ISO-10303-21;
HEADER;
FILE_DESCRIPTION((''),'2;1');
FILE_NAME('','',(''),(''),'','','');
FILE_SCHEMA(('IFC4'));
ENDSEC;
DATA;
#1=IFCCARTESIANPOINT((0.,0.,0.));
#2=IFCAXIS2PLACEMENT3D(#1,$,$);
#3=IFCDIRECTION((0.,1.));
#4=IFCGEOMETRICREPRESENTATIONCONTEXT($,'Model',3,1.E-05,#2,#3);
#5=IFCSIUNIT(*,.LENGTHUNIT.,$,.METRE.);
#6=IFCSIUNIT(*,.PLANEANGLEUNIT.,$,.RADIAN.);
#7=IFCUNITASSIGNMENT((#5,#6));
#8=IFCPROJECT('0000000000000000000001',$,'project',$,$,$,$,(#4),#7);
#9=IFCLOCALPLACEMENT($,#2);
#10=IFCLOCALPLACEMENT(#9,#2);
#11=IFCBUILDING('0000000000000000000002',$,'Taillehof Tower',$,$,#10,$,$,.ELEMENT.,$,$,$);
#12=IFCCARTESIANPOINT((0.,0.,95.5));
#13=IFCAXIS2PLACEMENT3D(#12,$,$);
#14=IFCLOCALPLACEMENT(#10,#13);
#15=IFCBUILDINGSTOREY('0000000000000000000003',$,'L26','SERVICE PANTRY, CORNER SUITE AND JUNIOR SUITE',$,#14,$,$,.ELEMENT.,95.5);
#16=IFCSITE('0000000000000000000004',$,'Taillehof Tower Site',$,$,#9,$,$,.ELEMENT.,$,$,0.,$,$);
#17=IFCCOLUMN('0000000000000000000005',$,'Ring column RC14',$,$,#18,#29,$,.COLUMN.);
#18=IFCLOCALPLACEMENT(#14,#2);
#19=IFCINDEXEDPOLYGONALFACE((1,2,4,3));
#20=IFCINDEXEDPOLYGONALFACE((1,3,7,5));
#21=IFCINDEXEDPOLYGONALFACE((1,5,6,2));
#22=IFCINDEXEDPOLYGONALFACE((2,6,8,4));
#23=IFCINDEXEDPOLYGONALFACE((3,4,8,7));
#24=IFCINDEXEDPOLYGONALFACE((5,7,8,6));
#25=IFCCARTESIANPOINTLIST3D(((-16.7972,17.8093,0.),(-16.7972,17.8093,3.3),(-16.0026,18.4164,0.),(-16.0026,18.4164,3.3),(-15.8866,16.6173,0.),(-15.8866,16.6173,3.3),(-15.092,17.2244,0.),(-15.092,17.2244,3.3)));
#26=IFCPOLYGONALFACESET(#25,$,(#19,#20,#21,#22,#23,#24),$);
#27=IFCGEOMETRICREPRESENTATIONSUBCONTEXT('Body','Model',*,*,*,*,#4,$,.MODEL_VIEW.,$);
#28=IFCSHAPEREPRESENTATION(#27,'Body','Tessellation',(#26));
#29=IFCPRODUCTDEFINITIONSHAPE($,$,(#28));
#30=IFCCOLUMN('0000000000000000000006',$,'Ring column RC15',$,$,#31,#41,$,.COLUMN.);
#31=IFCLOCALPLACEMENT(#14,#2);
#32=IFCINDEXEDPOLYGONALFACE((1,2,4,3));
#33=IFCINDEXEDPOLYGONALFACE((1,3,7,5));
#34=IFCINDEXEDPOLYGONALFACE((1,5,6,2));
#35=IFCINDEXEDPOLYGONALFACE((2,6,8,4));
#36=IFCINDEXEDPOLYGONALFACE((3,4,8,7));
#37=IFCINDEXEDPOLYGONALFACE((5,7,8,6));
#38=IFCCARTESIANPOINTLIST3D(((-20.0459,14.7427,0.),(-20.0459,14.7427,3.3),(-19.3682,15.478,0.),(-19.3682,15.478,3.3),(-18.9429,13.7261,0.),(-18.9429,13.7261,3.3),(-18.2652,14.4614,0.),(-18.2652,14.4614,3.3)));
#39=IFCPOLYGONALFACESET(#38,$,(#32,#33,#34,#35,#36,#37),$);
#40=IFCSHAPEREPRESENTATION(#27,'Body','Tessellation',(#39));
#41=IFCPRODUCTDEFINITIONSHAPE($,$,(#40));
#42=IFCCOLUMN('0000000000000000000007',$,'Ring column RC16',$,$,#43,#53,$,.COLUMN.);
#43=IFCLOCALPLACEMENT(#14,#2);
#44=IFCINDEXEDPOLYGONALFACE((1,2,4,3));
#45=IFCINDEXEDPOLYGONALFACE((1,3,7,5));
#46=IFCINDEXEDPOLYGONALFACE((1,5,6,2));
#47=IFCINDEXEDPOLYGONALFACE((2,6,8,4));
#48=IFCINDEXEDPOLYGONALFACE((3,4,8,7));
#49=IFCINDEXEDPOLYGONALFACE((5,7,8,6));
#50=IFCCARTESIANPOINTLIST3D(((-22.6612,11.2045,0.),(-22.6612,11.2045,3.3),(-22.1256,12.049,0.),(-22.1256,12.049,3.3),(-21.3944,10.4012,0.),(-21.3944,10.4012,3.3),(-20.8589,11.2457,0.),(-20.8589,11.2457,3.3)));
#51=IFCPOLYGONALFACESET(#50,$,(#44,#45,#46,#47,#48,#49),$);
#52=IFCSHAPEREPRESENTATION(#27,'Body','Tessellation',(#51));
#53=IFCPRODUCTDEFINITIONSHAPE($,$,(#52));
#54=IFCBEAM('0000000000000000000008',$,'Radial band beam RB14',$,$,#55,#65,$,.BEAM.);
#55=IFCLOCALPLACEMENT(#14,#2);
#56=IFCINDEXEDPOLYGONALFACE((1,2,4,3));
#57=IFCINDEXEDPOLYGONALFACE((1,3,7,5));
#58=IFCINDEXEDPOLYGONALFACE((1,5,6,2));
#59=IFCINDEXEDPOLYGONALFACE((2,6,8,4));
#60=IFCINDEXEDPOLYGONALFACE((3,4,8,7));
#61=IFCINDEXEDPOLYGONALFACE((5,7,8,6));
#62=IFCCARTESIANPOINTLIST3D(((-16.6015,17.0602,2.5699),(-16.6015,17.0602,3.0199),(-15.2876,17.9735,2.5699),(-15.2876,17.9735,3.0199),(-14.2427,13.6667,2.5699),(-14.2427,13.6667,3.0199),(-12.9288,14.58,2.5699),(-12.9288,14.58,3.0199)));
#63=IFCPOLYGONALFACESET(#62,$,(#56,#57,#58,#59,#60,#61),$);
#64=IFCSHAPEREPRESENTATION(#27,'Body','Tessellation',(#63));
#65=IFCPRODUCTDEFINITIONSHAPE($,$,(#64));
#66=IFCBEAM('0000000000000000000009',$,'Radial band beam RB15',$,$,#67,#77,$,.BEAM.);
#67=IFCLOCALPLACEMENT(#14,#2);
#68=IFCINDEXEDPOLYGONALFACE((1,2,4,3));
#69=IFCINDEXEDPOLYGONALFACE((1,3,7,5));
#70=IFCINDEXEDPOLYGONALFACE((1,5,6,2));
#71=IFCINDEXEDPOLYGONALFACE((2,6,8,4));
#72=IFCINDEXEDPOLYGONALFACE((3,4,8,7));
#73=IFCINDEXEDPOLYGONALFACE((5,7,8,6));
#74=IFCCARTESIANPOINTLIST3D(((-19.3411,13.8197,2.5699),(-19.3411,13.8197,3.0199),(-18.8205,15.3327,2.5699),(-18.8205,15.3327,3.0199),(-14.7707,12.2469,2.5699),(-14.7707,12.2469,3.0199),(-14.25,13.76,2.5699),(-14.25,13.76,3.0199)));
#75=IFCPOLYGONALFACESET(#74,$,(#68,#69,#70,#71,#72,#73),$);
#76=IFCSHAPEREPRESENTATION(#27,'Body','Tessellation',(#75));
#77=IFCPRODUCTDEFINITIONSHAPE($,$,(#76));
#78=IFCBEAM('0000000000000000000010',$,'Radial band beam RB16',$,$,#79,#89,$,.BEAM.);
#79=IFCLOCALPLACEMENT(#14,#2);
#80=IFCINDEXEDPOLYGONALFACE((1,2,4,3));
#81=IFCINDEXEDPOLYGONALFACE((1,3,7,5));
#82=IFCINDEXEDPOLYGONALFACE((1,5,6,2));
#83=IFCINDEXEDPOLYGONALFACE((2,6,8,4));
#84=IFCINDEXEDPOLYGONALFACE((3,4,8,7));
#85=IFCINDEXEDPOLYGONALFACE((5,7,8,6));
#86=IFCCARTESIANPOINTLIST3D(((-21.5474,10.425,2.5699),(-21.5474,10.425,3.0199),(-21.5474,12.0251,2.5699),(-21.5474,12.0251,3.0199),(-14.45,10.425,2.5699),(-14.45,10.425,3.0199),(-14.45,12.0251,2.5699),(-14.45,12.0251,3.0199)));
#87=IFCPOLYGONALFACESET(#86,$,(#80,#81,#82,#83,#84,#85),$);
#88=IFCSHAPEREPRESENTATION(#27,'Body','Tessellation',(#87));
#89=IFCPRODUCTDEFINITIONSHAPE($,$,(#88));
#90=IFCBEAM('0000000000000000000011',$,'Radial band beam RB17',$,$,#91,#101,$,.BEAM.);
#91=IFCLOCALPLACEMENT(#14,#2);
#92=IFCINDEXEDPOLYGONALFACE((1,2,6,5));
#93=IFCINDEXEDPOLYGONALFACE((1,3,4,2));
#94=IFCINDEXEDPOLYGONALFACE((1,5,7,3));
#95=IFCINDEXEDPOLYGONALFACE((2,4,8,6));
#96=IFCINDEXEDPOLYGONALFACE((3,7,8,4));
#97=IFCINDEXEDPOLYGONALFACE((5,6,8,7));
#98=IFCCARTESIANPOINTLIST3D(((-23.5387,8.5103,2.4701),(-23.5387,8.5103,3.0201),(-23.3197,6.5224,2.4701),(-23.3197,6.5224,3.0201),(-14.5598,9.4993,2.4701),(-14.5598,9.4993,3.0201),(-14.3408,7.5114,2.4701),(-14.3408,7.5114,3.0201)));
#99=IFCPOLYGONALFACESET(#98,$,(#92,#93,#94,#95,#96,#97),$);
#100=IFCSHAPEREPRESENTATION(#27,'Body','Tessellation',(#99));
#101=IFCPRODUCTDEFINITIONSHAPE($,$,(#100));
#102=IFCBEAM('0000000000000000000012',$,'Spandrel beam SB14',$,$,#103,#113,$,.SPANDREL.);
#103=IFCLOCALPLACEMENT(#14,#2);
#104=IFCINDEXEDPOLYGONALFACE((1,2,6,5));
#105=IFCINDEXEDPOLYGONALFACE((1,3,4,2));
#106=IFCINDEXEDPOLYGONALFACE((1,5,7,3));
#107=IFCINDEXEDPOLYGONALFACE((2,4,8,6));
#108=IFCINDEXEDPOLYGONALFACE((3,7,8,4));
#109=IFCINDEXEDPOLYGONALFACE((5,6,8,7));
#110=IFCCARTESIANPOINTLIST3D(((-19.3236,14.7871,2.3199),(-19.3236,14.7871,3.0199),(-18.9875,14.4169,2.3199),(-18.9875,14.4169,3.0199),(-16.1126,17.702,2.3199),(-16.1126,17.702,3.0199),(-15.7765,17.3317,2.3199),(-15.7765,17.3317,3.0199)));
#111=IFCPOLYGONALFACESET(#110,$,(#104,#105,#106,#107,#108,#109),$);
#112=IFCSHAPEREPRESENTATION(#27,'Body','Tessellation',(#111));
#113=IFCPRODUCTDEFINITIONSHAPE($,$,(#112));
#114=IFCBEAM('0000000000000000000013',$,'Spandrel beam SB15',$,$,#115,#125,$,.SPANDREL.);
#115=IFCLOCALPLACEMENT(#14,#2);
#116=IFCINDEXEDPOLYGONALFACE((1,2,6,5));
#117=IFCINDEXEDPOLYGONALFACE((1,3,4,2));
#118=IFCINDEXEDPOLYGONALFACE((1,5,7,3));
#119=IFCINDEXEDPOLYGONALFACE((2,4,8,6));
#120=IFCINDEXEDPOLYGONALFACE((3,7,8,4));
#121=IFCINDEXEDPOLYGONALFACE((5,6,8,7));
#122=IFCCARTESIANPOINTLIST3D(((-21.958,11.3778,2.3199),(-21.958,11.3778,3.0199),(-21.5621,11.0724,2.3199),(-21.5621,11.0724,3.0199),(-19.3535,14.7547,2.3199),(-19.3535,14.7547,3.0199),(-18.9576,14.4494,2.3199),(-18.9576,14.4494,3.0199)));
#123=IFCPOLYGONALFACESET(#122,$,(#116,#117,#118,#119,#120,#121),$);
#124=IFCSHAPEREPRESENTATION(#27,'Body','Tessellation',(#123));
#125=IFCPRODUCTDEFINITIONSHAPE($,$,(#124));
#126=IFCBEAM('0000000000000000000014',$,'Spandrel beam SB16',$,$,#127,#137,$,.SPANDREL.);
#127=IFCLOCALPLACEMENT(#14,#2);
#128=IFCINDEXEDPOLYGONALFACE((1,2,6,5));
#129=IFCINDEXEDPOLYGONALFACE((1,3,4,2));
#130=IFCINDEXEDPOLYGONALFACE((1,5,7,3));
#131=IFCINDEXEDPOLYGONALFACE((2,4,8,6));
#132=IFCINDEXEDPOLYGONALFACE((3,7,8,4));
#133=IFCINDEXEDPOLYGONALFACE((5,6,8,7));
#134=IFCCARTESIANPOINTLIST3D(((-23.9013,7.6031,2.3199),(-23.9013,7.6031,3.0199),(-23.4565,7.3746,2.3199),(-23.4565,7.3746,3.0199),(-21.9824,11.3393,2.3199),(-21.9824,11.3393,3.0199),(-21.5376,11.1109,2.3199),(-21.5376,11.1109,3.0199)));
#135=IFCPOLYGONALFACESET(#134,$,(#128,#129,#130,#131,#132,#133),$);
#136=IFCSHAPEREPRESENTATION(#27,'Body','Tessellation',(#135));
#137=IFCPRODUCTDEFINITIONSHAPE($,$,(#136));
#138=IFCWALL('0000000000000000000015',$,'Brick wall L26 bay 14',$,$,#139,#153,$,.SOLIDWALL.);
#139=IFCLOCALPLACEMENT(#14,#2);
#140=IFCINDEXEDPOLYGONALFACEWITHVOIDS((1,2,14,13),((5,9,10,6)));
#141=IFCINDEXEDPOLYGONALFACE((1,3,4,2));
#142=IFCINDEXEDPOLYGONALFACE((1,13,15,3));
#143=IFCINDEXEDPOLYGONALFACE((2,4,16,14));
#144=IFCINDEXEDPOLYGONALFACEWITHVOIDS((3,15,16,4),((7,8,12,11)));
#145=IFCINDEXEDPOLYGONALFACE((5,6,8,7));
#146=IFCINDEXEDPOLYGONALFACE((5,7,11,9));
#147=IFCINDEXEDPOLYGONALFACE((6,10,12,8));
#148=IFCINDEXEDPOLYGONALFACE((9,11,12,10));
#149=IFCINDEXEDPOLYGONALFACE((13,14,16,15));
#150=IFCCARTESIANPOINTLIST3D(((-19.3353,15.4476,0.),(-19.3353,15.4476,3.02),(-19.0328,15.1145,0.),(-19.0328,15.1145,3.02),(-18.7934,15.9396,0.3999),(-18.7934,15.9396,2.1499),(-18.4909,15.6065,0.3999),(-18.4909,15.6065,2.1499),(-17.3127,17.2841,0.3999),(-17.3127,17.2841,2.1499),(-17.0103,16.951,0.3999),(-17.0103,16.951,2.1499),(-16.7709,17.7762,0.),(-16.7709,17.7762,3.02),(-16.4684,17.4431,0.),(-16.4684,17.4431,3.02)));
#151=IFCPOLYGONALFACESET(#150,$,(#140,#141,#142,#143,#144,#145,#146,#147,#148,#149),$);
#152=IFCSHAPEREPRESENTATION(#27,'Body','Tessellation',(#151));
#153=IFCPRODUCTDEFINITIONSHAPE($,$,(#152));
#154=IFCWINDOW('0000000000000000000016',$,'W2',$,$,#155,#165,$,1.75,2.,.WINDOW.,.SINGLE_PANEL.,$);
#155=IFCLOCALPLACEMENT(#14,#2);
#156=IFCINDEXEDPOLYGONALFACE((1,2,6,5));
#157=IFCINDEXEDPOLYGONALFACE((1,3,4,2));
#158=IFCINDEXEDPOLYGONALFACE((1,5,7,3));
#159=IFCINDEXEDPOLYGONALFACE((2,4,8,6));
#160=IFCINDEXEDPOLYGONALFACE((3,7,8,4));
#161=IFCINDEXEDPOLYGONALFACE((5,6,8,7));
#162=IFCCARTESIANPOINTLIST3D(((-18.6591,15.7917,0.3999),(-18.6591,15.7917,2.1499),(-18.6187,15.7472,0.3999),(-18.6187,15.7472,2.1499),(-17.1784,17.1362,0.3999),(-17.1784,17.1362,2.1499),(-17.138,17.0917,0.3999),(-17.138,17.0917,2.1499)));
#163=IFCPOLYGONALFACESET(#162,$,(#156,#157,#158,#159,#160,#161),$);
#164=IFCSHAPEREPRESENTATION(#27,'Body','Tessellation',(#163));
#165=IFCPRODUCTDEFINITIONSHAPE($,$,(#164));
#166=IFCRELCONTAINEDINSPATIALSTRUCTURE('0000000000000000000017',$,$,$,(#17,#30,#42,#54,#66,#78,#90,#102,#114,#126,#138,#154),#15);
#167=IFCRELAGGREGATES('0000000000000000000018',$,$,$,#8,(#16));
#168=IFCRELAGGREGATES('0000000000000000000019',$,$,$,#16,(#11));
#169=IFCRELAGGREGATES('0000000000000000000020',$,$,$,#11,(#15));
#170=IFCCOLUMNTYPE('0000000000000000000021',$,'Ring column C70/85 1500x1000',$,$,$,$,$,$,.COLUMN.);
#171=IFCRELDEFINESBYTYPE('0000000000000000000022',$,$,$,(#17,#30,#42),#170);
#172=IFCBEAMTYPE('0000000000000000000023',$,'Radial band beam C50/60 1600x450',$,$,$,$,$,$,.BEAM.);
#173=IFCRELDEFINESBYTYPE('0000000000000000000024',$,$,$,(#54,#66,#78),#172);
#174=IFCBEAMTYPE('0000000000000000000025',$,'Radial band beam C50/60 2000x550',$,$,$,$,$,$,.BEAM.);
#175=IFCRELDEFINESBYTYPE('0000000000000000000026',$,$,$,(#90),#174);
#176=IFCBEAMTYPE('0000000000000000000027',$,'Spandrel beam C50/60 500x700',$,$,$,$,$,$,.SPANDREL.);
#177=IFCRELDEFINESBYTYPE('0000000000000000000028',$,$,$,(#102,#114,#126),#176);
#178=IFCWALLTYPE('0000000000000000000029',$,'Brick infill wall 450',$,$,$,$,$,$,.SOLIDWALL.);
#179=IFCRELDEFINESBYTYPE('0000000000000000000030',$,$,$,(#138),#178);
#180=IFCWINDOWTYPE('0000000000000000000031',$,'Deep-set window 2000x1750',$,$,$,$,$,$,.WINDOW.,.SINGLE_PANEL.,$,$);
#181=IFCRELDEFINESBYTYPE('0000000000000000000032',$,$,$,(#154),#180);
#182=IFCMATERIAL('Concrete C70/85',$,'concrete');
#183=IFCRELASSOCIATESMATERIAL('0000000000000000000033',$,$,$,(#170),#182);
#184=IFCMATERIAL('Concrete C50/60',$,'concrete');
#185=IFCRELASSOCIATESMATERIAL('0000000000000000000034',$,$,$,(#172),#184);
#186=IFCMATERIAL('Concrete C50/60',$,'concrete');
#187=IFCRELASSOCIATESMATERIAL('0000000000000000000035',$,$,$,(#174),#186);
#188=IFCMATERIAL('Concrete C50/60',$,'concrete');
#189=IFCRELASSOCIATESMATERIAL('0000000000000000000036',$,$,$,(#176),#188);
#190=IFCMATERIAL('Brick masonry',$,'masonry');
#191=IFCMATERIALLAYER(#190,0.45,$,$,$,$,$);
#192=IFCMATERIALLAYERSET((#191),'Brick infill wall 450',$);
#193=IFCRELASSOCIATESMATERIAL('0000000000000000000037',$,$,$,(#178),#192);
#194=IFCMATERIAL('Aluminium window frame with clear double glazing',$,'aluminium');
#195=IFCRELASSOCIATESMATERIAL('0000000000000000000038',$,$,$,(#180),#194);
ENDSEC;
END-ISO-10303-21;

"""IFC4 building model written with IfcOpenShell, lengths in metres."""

from ifc_helpers import new_model, si_unit, direction, frame, frame_2d, origin, origin_2d, place, context, subcontext, project, spatial, rectangle, extrude, material, layer, layer_set, material_profile, profile_set, type_object, element, fill, save


model = new_model("IFC4")

# Units and contexts
model_context = context("Model", 3, precision=1e-05, world=origin(), true_north=direction((0.0, 1.0)))
body_context = subcontext(model_context, "Body", "Model", "MODEL_VIEW")
ifc_project = project(units=[si_unit("LENGTHUNIT", "METRE"), si_unit("PLANEANGLEUNIT", "RADIAN")], contexts=[model_context])

# Site, building, storey
site_placement = place(None, origin())
site = spatial("IfcSite", under=ifc_project, at=site_placement, Name="Taillehof Tower Site", CompositionType="ELEMENT", RefElevation=0.0)
building_placement = place(site_placement, origin())
building = spatial("IfcBuilding", under=site, at=building_placement, Name="Taillehof Tower", CompositionType="ELEMENT")
storey_placement = place(building_placement, frame((0.0, 0.0, 95.5)))
storey = spatial("IfcBuildingStorey", under=building, at=storey_placement, Name="L26", Description="SERVICE PANTRY, CORNER SUITE AND JUNIOR SUITE", CompositionType="ELEMENT", Elevation=95.5)

# Columns
ifc_material_1 = material(Name="Concrete C70/85", Category="concrete")
ifc_material_profile_1 = material_profile(ifc_material_1, rectangle(XDim=1.5, YDim=1.0, at=origin_2d()), Name="RC 1500x1000")
ifc_profile_set_1 = profile_set([ifc_material_profile_1], Name="Concrete C70/85")
column_type = type_object("IfcColumnType", Name="Ring column C70/85 1500x1000", PredefinedType="COLUMN", material=ifc_profile_set_1)
for number, where, z_axis, x_axis, name in (
    (1, (-15.9446, 17.5168, 0.0), (0.0, 0.0, 1.0), (-0.607074, 0.794645, 0.0), "Ring column RC14"),
    (2, (-19.1555, 14.6021, 0.0), (0.0, 0.0, 1.0), (-0.735332, 0.677707, 0.0), "Ring column RC15"),
    (3, (-21.76, 11.2251, 0.0), (0.0, 0.0, 1.0), (-0.844511, 0.535537, 0.0), "Ring column RC16"),
):
    element("IfcColumn", number, at=place(storey_placement, frame(where, z_axis=z_axis, x_axis=x_axis)), inside=storey, type_object=column_type, Name=name, PredefinedType="COLUMN", context=body_context, shape_type="SweptSolid", body=[
        extrude(rectangle(XDim=1.5, YDim=1.0, at=origin_2d()), origin(), (0.0, 0.0, 1.0), 3.3),
    ])

# Beams
ifc_material_2 = material(Name="Concrete C50/60", Category="concrete")
ifc_material_profile_2 = material_profile(ifc_material_2, rectangle(XDim=1.6001, YDim=0.45, at=origin_2d()), Name="RC 1600x450")
ifc_profile_set_2 = profile_set([ifc_material_profile_2], Name="Concrete C50/60")
beam_type_1 = type_object("IfcBeamType", Name="Radial band beam C50/60 1600x450", PredefinedType="BEAM", material=ifc_profile_set_2)
beam_1_placement = place(storey_placement, frame((-15.9446, 17.5168, 2.7949), z_axis=(0.570763, -0.821115, 0.0), x_axis=(0.821115, 0.570763, 0.0)))
element("IfcBeam", 4, at=beam_1_placement, inside=storey, type_object=beam_type_1, Name="Radial band beam RB14", PredefinedType="BEAM", context=body_context, shape_type="SweptSolid", body=[
    extrude(rectangle(XDim=1.6001, YDim=0.45, at=origin_2d()), origin(), (0.0, 0.0, 1.0), 4.1328),
])
beam_2_placement = place(storey_placement, frame((-19.0808, 14.5762, 2.7949), z_axis=(0.945583, -0.32538, 0.0), x_axis=(0.32538, 0.945583, 0.0)))
element("IfcBeam", 5, at=beam_2_placement, inside=storey, type_object=beam_type_1, Name="Radial band beam RB15", PredefinedType="BEAM", context=body_context, shape_type="SweptSolid", body=[
    extrude(rectangle(XDim=1.6001, YDim=0.45, at=origin_2d()), origin(), (0.0, 0.0, 1.0), 4.8335),
])
beam_3_placement = place(storey_placement, frame((-21.5474, 11.2251, 2.7949), z_axis=(1.0, 0.0, 0.0), x_axis=(0.0, 1.0, 0.0)))
element("IfcBeam", 6, at=beam_3_placement, inside=storey, type_object=beam_type_1, Name="Radial band beam RB16", PredefinedType="BEAM", context=body_context, shape_type="SweptSolid", body=[
    extrude(rectangle(XDim=1.6001, YDim=0.45, at=origin_2d()), origin(), (0.0, 0.0, 1.0), 7.0974),
])
ifc_material_3 = material(Name="Concrete C50/60", Category="concrete")
ifc_material_profile_3 = material_profile(ifc_material_3, rectangle(XDim=2.0, YDim=0.55, at=origin_2d()), Name="RC 2000x550")
ifc_profile_set_3 = profile_set([ifc_material_profile_3], Name="Concrete C50/60")
beam_type_2 = type_object("IfcBeamType", Name="Radial band beam C50/60 2000x550", PredefinedType="BEAM", material=ifc_profile_set_3)
beam_4_placement = place(storey_placement, frame((-23.4292, 7.5164, 2.7451), z_axis=(0.993988, 0.109485, 0.0), x_axis=(-0.109485, 0.993988, 0.0)))
element("IfcBeam", 7, at=beam_4_placement, inside=storey, type_object=beam_type_2, Name="Radial band beam RB17", PredefinedType="BEAM", context=body_context, shape_type="SweptSolid", body=[
    extrude(rectangle(XDim=2.0, YDim=0.55, at=origin_2d()), origin(), (0.0, 0.0, 1.0), 9.0332),
])
ifc_material_4 = material(Name="Concrete C50/60", Category="concrete")
ifc_material_profile_4 = material_profile(ifc_material_4, rectangle(XDim=0.5, YDim=0.7, at=origin_2d()), Name="RC 500x700")
ifc_profile_set_4 = profile_set([ifc_material_profile_4], Name="Concrete C50/60")
beam_type_3 = type_object("IfcBeamType", Name="Spandrel beam C50/60 500x700", PredefinedType="SPANDREL", material=ifc_profile_set_4)
beam_5_placement = place(storey_placement, frame((-15.9446, 17.5168, 2.6699), z_axis=(-0.740426, -0.672137, 0.0), x_axis=(0.672137, -0.740426, 0.0)))
element("IfcBeam", 8, at=beam_5_placement, inside=storey, type_object=beam_type_3, Name="Spandrel beam SB14", PredefinedType="SPANDREL", context=body_context, shape_type="SweptSolid", body=[
    extrude(rectangle(XDim=0.5, YDim=0.7, at=origin_2d()), origin(), (0.0, 0.0, 1.0), 4.3367),
])
beam_6_placement = place(storey_placement, frame((-19.1555, 14.6021, 2.6699), z_axis=(-0.610717, -0.791849, 0.0), x_axis=(0.791849, -0.610717, 0.0)))
element("IfcBeam", 9, at=beam_6_placement, inside=storey, type_object=beam_type_3, Name="Spandrel beam SB15", PredefinedType="SPANDREL", context=body_context, shape_type="SweptSolid", body=[
    extrude(rectangle(XDim=0.5, YDim=0.7, at=origin_2d()), origin(), (0.0, 0.0, 1.0), 4.2646),
])
beam_7_placement = place(storey_placement, frame((-21.76, 11.2251, 2.6699), z_axis=(-0.456859, -0.889539, 0.0), x_axis=(0.889539, -0.456859, 0.0)))
element("IfcBeam", 10, at=beam_7_placement, inside=storey, type_object=beam_type_3, Name="Spandrel beam SB16", PredefinedType="SPANDREL", context=body_context, shape_type="SweptSolid", body=[
    extrude(rectangle(XDim=0.5, YDim=0.7, at=origin_2d()), origin(), (0.0, 0.0, 1.0), 4.2002),
])

# Wall, opening, window
ifc_material_5 = material(Name="Brick masonry", Category="masonry")
ifc_layer_1 = layer(ifc_material_5, 0.45)
ifc_layer_set_1 = layer_set([ifc_layer_1], Name="Brick infill wall 450")
wall_type_1 = type_object("IfcWallType", Name="Brick infill wall 450", PredefinedType="SOLIDWALL", material=ifc_layer_set_1)
wall_1_placement = place(storey_placement, frame((-16.6196, 17.6096, 0.0), z_axis=(0.0, 0.0, 1.0), x_axis=(-0.740329, -0.672245, 0.0)))
wall_1 = element("IfcWall", 11, at=wall_1_placement, inside=storey, type_object=wall_type_1, Name="Brick wall L26 bay 14", PredefinedType="SOLIDWALL", context=body_context, shape_type="SweptSolid", body=[
    extrude(rectangle(XDim=3.4639, YDim=0.45, at=frame_2d((1.7319, 0.0))), origin(), (0.0, 0.0, 1.0), 3.02),
])
opening_1_placement = place(wall_1_placement, frame((0.7319, 0.0, 0.3999)))
opening_1 = element("IfcOpeningElement", 12, at=opening_1_placement, cuts=wall_1, PredefinedType="OPENING", context=body_context, shape_type="SweptSolid", body=[
    extrude(rectangle(XDim=2.0, YDim=1.75, at=frame_2d((1.0, 0.875))), frame((0.0, 0.2349, 0.0), z_axis=(0.0, -1.0, 0.0), x_axis=(1.0, 0.0, 0.0)), (0.0, 0.0, 1.0), 0.47),
])
ifc_material_6 = material(Name="Aluminium window frame with clear double glazing", Category="aluminium")
window_type = type_object("IfcWindowType", Name="Deep-set window 2000x1750", PartitioningType="SINGLE_PANEL", PredefinedType="WINDOW", material=ifc_material_6)
window_1_placement = place(opening_1_placement, origin())
window_1 = element("IfcWindow", 13, at=window_1_placement, inside=storey, type_object=window_type, Name="W2", OverallHeight=1.75, OverallWidth=2.0, PartitioningType="SINGLE_PANEL", PredefinedType="WINDOW", context=body_context, shape_type="SweptSolid", body=[
    extrude(rectangle(XDim=2.0, YDim=1.75, at=frame_2d((1.0, 0.875))), frame((0.0, 0.0349, 0.0), z_axis=(0.0, -1.0, 0.0), x_axis=(1.0, 0.0, 0.0)), (0.0, 0.0, 1.0), 0.0601),
])
fill(opening_1, window_1)

save(model, "model.ifc")
